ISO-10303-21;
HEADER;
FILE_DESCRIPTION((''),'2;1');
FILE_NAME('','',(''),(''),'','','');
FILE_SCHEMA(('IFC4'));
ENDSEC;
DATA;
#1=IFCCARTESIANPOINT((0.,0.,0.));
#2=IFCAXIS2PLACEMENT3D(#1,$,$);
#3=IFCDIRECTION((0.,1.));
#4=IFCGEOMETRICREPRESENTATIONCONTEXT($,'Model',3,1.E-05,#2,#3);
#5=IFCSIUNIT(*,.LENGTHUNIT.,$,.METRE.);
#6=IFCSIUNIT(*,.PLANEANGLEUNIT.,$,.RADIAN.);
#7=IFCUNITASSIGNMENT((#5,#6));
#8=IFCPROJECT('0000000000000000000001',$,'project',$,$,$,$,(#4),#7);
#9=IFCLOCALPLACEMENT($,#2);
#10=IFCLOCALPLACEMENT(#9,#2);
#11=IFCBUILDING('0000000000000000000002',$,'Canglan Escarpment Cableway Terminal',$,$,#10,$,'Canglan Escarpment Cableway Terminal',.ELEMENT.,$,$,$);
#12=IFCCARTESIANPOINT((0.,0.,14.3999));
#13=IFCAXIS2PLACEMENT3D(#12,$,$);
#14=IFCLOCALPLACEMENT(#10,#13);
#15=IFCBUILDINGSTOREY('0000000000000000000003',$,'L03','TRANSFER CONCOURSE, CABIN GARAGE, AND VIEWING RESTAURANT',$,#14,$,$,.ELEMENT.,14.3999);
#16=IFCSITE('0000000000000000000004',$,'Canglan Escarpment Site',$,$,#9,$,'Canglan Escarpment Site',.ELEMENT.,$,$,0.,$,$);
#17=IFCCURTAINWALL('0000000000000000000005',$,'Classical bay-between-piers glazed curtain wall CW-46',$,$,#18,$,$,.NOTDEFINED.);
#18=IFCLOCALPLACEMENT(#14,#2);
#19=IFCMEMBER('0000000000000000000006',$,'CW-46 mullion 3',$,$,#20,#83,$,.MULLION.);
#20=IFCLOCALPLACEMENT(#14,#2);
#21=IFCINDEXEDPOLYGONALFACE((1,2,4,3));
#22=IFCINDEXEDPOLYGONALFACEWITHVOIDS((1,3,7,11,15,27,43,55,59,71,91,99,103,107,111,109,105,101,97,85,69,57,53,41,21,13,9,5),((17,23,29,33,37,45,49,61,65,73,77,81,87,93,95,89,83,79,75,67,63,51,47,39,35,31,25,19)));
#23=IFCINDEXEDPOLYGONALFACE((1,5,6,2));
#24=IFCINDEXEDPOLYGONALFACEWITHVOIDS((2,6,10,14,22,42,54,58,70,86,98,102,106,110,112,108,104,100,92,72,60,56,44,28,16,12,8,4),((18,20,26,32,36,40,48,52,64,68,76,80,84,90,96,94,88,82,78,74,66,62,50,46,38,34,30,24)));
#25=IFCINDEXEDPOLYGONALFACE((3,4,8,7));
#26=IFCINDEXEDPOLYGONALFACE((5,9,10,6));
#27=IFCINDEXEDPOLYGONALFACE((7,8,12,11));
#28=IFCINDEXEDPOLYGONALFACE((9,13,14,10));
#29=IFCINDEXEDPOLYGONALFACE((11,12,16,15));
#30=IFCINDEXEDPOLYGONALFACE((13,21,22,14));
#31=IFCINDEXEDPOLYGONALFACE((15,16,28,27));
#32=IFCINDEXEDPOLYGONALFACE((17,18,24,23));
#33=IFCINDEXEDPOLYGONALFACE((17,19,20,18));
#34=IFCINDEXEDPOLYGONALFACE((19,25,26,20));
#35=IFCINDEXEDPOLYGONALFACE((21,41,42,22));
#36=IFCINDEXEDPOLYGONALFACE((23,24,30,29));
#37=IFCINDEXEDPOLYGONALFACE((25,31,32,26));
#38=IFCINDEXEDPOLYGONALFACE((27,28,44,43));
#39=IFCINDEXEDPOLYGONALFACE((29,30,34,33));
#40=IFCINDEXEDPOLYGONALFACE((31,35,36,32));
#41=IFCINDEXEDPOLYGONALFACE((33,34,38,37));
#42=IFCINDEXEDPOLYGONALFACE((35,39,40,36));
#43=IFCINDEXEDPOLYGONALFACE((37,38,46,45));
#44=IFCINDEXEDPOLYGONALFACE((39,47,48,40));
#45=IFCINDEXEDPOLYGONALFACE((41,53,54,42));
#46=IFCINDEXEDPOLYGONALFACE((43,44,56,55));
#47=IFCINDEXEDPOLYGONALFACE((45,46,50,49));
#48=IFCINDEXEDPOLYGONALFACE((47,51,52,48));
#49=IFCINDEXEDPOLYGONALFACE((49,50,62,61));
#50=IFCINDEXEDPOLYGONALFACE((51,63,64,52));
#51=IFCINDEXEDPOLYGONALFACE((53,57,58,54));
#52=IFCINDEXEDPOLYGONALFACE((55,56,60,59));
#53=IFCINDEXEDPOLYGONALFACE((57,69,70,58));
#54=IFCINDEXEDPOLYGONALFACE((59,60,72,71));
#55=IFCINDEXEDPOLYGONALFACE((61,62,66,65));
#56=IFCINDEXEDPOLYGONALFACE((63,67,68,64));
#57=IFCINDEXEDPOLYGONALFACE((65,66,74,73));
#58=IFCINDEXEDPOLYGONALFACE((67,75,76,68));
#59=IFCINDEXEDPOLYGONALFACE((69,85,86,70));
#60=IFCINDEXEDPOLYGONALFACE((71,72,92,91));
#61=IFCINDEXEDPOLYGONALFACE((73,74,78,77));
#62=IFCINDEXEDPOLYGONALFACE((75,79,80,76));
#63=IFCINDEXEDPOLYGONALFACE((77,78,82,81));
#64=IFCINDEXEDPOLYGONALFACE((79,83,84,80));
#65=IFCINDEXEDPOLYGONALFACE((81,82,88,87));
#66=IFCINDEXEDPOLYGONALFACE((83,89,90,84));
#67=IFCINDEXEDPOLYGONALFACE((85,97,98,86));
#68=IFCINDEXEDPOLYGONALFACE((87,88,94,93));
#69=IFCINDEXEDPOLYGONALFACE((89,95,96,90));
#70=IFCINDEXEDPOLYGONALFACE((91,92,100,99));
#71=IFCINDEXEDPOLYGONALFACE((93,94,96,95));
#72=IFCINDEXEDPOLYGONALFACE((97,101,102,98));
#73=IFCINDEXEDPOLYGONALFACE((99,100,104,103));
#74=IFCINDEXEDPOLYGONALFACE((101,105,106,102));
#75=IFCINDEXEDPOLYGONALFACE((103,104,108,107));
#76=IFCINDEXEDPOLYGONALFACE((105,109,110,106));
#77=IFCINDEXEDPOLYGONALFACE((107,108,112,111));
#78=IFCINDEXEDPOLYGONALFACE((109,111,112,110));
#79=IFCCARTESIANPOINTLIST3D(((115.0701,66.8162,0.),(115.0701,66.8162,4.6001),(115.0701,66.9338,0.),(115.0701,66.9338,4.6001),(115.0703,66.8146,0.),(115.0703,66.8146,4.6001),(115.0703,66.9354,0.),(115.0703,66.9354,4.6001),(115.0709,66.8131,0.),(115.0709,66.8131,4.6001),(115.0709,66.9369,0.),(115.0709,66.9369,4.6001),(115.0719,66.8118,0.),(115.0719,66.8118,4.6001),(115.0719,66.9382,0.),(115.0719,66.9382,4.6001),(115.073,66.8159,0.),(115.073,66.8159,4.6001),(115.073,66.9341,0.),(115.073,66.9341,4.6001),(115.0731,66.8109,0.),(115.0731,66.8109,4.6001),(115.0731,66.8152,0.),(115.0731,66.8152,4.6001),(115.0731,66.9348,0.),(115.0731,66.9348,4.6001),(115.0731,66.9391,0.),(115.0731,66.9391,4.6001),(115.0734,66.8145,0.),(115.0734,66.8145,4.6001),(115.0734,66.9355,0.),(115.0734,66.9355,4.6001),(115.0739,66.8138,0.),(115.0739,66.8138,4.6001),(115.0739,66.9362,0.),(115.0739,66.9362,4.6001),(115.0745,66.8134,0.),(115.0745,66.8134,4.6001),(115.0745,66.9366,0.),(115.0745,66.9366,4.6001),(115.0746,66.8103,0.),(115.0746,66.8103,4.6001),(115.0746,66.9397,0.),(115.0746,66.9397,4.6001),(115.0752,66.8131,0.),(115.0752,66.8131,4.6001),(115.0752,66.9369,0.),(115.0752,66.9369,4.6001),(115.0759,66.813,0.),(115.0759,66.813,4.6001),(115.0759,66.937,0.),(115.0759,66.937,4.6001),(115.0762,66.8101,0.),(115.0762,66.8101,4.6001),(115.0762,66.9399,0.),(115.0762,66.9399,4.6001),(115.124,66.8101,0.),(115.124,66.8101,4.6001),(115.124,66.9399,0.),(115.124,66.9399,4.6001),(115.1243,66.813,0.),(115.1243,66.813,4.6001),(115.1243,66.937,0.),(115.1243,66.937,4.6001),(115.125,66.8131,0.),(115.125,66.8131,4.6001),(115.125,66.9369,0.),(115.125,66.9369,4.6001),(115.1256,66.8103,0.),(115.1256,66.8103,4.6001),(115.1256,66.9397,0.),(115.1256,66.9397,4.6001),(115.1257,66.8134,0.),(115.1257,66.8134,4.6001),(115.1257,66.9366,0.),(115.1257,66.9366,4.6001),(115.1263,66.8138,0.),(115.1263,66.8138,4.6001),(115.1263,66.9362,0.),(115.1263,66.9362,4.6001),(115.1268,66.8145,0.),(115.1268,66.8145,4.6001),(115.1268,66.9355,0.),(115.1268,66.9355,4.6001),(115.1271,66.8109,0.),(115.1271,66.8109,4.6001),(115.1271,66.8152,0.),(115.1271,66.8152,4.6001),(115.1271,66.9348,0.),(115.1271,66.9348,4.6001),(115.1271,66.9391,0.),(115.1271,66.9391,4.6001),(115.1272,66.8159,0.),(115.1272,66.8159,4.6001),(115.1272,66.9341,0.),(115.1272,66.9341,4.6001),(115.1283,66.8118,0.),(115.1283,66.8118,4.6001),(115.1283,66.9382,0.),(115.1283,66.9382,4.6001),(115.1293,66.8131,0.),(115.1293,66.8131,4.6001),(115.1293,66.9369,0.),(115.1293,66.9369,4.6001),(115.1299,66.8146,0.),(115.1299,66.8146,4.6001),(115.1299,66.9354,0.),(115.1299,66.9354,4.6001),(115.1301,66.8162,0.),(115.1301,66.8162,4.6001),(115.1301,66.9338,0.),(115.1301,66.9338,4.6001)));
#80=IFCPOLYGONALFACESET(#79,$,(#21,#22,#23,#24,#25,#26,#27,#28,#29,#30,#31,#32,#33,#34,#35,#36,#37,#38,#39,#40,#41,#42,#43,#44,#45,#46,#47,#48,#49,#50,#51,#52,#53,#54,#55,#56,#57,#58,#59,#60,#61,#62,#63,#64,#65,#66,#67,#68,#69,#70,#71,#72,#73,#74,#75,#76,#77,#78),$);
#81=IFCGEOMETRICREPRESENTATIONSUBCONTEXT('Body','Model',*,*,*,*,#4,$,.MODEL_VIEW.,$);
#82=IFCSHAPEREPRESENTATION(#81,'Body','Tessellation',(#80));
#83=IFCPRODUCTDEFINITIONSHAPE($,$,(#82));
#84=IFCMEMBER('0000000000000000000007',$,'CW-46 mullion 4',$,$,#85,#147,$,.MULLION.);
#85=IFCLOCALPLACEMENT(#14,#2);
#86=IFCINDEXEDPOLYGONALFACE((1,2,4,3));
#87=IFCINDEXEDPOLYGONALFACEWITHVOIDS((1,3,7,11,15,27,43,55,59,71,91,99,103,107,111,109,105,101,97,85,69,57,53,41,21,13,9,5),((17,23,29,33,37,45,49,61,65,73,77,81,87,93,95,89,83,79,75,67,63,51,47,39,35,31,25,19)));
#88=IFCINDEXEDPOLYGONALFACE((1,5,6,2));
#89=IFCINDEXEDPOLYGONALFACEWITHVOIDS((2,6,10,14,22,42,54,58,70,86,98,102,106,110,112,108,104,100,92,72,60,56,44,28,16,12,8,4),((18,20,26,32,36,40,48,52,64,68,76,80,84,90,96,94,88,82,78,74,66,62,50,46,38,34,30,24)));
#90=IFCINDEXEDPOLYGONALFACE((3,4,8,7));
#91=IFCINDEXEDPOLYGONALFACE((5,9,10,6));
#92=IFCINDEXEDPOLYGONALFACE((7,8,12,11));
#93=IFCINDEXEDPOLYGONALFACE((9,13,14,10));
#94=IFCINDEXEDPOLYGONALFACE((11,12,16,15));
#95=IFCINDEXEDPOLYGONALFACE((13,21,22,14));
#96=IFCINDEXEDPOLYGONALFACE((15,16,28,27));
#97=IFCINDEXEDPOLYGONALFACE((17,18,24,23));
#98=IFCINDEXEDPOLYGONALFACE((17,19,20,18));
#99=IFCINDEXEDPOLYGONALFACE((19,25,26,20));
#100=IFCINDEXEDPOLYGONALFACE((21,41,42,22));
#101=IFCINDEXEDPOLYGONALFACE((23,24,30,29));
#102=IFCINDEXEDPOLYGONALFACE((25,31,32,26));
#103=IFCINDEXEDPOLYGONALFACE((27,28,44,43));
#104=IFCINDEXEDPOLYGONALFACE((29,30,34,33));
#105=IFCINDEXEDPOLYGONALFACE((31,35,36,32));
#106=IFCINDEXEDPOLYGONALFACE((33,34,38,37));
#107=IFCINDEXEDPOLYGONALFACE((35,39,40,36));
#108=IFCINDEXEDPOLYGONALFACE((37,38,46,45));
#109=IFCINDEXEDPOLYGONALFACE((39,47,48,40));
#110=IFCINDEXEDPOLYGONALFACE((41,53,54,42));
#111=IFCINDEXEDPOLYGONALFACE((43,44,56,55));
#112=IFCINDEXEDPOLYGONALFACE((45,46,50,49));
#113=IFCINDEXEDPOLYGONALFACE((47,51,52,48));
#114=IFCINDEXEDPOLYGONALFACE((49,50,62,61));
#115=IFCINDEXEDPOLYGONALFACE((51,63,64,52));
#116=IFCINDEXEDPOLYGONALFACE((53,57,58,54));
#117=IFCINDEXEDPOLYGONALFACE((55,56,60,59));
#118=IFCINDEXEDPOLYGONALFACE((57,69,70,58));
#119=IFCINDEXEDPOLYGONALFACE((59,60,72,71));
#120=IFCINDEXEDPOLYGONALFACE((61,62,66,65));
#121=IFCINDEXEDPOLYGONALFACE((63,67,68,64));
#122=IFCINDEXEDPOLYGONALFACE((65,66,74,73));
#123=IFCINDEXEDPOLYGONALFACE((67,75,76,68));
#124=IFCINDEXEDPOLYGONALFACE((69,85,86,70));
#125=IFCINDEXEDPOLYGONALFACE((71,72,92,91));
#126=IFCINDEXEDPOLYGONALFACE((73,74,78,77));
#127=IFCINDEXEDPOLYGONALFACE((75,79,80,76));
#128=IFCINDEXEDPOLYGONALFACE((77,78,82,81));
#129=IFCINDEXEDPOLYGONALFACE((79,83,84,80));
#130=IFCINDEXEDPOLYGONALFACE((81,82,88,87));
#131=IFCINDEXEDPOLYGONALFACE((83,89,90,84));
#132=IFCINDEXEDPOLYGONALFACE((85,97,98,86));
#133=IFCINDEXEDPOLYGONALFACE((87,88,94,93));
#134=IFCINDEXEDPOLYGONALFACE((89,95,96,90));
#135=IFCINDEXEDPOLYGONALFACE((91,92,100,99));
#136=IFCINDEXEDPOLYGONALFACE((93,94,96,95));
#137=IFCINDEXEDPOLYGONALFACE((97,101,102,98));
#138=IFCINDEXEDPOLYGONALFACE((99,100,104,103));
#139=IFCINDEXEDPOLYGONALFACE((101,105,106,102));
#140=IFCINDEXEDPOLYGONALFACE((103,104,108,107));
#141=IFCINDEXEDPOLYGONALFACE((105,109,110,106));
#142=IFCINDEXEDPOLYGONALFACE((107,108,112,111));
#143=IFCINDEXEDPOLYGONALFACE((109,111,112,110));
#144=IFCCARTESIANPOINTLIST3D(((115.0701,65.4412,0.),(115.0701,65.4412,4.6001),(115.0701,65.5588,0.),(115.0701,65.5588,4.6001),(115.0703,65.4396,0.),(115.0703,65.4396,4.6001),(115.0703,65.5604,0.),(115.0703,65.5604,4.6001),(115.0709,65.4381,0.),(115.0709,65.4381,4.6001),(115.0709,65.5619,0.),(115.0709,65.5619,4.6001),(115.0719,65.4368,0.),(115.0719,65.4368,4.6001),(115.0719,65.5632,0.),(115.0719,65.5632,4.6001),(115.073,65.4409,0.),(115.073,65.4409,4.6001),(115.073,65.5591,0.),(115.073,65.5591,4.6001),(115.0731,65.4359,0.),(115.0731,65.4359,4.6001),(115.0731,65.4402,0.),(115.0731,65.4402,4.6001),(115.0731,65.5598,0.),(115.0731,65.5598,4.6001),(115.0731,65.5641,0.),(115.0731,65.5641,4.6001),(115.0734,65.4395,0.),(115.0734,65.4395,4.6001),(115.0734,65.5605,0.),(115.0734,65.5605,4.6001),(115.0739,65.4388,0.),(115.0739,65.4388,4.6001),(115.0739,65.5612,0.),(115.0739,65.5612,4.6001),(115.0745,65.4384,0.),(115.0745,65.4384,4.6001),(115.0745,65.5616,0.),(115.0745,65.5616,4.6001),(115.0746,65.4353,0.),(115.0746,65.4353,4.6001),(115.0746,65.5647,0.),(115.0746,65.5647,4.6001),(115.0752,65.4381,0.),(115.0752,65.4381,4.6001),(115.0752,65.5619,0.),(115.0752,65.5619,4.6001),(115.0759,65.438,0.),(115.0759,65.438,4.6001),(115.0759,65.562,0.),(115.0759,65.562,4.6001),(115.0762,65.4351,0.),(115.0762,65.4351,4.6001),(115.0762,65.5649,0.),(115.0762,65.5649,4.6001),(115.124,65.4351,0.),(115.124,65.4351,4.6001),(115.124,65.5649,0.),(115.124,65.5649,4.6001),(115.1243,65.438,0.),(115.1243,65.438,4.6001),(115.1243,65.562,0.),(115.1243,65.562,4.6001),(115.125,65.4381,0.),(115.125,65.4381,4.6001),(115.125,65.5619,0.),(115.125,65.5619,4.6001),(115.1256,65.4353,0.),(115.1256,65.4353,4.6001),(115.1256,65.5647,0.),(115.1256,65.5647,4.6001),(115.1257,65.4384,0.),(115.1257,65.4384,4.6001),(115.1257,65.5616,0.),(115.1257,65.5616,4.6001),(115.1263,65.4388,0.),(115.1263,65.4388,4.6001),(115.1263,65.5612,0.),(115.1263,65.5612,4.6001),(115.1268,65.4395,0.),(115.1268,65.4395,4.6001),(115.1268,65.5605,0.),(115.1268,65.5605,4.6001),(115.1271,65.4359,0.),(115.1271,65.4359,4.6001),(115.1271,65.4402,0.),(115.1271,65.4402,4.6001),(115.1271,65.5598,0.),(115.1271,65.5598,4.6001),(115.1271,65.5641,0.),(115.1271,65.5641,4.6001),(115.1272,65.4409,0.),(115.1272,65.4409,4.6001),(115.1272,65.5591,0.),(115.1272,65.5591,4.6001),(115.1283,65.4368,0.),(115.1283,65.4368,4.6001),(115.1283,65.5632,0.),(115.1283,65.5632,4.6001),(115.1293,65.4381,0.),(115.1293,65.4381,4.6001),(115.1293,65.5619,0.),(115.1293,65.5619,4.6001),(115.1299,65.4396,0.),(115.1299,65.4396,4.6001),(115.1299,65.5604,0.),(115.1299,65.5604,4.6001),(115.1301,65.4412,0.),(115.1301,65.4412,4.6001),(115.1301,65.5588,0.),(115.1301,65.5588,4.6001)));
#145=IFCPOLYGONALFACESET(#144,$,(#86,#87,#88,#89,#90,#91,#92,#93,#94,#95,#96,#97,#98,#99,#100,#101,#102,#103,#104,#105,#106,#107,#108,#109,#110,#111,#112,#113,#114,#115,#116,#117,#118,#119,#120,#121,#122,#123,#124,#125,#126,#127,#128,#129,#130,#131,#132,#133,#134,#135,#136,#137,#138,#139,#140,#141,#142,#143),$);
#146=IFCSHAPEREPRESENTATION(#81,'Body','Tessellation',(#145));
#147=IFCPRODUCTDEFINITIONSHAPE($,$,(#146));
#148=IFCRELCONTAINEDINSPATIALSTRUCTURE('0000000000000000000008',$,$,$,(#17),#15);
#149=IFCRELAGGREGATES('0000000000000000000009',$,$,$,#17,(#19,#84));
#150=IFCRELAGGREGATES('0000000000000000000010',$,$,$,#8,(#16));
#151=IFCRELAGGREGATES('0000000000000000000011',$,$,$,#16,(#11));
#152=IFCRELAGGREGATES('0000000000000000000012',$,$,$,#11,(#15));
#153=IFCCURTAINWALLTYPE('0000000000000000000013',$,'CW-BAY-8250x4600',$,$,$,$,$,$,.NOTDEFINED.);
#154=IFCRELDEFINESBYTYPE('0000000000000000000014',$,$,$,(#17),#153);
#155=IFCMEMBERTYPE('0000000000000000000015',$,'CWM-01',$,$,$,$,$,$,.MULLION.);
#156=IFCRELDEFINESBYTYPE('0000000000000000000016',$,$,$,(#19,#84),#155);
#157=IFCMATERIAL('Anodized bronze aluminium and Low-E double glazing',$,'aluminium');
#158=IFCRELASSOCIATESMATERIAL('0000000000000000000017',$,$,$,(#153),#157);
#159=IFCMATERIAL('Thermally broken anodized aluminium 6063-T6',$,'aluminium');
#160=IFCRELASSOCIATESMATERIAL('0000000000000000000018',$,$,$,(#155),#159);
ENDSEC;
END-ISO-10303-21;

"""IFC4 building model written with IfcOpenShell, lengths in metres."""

from ifc_helpers import new_model, si_unit, direction, frame, origin, origin_2d, place, context, subcontext, project, spatial, hollow_rectangle, extrude, material, material_profile, profile_set, type_object, element, aggregate, save


model = new_model("IFC4")

# Units and contexts
model_context = context("Model", 3, precision=1e-05, world=origin(), true_north=direction((0.0, 1.0)))
body_context = subcontext(model_context, "Body", "Model", "MODEL_VIEW")
ifc_project = project(units=[si_unit("LENGTHUNIT", "METRE"), si_unit("PLANEANGLEUNIT", "RADIAN")], contexts=[model_context])

# Site, building, storey
site_placement = place(None, origin())
site = spatial("IfcSite", under=ifc_project, at=site_placement, Name="Canglan Escarpment Site", LongName="Canglan Escarpment Site", CompositionType="ELEMENT", RefElevation=0.0)
building_placement = place(site_placement, origin())
building = spatial("IfcBuilding", under=site, at=building_placement, Name="Canglan Escarpment Cableway Terminal", LongName="Canglan Escarpment Cableway Terminal", CompositionType="ELEMENT")
storey_placement = place(building_placement, frame((0.0, 0.0, 14.3999)))
storey = spatial("IfcBuildingStorey", under=building, at=storey_placement, Name="L03", Description="TRANSFER CONCOURSE, CABIN GARAGE, AND VIEWING RESTAURANT", CompositionType="ELEMENT", Elevation=14.3999)

# Curtain wall, members
ifc_material_1 = material(Name="Anodized bronze aluminium and Low-E double glazing", Category="aluminium")
curtain_wall_type = type_object("IfcCurtainWallType", Name="CW-BAY-8250x4600", PredefinedType="NOTDEFINED", material=ifc_material_1)
curtain_wall_placement = place(storey_placement, origin())
curtain_wall = element("IfcCurtainWall", 1, at=curtain_wall_placement, inside=storey, type_object=curtain_wall_type, Name="Classical bay-between-piers glazed curtain wall CW-46", PredefinedType="NOTDEFINED")
ifc_material_2 = material(Name="Thermally broken anodized aluminium 6063-T6", Category="aluminium")
ifc_material_profile_1 = material_profile(ifc_material_2, hollow_rectangle(XDim=0.0601, YDim=0.1299, WallThickness=0.0029, InnerFilletRadius=0.0029, OuterFilletRadius=0.0061, at=origin_2d()), Name="ALU-MULL 60x130x3")
ifc_profile_set_1 = profile_set([ifc_material_profile_1], Name="Thermally broken anodized aluminium 6063-T6")
member_type_1 = type_object("IfcMemberType", Name="CWM-01", PredefinedType="MULLION", material=ifc_profile_set_1)
member_1_placement = place(storey_placement, frame((115.1001, 66.875, 0.0), z_axis=(0.0, 0.0, 1.0), x_axis=(1.0, 0.0, 0.0)))
member_1 = element("IfcMember", 2, at=member_1_placement, type_object=member_type_1, Name="CW-46 mullion 3", PredefinedType="MULLION", context=body_context, shape_type="SweptSolid", body=[
    extrude(hollow_rectangle(XDim=0.0601, YDim=0.1299, WallThickness=0.0029, InnerFilletRadius=0.0029, OuterFilletRadius=0.0061, at=origin_2d()), origin(), (0.0, 0.0, 1.0), 4.6001),
])
member_2_placement = place(storey_placement, frame((115.1001, 65.5, 0.0), z_axis=(0.0, 0.0, 1.0), x_axis=(1.0, 0.0, 0.0)))
member_2 = element("IfcMember", 3, at=member_2_placement, type_object=member_type_1, Name="CW-46 mullion 4", PredefinedType="MULLION", context=body_context, shape_type="SweptSolid", body=[
    extrude(hollow_rectangle(XDim=0.0601, YDim=0.1299, WallThickness=0.0029, InnerFilletRadius=0.0029, OuterFilletRadius=0.0061, at=origin_2d()), origin(), (0.0, 0.0, 1.0), 4.6001),
])
aggregate(curtain_wall, [member_1, member_2])

save(model, "model.ifc")
